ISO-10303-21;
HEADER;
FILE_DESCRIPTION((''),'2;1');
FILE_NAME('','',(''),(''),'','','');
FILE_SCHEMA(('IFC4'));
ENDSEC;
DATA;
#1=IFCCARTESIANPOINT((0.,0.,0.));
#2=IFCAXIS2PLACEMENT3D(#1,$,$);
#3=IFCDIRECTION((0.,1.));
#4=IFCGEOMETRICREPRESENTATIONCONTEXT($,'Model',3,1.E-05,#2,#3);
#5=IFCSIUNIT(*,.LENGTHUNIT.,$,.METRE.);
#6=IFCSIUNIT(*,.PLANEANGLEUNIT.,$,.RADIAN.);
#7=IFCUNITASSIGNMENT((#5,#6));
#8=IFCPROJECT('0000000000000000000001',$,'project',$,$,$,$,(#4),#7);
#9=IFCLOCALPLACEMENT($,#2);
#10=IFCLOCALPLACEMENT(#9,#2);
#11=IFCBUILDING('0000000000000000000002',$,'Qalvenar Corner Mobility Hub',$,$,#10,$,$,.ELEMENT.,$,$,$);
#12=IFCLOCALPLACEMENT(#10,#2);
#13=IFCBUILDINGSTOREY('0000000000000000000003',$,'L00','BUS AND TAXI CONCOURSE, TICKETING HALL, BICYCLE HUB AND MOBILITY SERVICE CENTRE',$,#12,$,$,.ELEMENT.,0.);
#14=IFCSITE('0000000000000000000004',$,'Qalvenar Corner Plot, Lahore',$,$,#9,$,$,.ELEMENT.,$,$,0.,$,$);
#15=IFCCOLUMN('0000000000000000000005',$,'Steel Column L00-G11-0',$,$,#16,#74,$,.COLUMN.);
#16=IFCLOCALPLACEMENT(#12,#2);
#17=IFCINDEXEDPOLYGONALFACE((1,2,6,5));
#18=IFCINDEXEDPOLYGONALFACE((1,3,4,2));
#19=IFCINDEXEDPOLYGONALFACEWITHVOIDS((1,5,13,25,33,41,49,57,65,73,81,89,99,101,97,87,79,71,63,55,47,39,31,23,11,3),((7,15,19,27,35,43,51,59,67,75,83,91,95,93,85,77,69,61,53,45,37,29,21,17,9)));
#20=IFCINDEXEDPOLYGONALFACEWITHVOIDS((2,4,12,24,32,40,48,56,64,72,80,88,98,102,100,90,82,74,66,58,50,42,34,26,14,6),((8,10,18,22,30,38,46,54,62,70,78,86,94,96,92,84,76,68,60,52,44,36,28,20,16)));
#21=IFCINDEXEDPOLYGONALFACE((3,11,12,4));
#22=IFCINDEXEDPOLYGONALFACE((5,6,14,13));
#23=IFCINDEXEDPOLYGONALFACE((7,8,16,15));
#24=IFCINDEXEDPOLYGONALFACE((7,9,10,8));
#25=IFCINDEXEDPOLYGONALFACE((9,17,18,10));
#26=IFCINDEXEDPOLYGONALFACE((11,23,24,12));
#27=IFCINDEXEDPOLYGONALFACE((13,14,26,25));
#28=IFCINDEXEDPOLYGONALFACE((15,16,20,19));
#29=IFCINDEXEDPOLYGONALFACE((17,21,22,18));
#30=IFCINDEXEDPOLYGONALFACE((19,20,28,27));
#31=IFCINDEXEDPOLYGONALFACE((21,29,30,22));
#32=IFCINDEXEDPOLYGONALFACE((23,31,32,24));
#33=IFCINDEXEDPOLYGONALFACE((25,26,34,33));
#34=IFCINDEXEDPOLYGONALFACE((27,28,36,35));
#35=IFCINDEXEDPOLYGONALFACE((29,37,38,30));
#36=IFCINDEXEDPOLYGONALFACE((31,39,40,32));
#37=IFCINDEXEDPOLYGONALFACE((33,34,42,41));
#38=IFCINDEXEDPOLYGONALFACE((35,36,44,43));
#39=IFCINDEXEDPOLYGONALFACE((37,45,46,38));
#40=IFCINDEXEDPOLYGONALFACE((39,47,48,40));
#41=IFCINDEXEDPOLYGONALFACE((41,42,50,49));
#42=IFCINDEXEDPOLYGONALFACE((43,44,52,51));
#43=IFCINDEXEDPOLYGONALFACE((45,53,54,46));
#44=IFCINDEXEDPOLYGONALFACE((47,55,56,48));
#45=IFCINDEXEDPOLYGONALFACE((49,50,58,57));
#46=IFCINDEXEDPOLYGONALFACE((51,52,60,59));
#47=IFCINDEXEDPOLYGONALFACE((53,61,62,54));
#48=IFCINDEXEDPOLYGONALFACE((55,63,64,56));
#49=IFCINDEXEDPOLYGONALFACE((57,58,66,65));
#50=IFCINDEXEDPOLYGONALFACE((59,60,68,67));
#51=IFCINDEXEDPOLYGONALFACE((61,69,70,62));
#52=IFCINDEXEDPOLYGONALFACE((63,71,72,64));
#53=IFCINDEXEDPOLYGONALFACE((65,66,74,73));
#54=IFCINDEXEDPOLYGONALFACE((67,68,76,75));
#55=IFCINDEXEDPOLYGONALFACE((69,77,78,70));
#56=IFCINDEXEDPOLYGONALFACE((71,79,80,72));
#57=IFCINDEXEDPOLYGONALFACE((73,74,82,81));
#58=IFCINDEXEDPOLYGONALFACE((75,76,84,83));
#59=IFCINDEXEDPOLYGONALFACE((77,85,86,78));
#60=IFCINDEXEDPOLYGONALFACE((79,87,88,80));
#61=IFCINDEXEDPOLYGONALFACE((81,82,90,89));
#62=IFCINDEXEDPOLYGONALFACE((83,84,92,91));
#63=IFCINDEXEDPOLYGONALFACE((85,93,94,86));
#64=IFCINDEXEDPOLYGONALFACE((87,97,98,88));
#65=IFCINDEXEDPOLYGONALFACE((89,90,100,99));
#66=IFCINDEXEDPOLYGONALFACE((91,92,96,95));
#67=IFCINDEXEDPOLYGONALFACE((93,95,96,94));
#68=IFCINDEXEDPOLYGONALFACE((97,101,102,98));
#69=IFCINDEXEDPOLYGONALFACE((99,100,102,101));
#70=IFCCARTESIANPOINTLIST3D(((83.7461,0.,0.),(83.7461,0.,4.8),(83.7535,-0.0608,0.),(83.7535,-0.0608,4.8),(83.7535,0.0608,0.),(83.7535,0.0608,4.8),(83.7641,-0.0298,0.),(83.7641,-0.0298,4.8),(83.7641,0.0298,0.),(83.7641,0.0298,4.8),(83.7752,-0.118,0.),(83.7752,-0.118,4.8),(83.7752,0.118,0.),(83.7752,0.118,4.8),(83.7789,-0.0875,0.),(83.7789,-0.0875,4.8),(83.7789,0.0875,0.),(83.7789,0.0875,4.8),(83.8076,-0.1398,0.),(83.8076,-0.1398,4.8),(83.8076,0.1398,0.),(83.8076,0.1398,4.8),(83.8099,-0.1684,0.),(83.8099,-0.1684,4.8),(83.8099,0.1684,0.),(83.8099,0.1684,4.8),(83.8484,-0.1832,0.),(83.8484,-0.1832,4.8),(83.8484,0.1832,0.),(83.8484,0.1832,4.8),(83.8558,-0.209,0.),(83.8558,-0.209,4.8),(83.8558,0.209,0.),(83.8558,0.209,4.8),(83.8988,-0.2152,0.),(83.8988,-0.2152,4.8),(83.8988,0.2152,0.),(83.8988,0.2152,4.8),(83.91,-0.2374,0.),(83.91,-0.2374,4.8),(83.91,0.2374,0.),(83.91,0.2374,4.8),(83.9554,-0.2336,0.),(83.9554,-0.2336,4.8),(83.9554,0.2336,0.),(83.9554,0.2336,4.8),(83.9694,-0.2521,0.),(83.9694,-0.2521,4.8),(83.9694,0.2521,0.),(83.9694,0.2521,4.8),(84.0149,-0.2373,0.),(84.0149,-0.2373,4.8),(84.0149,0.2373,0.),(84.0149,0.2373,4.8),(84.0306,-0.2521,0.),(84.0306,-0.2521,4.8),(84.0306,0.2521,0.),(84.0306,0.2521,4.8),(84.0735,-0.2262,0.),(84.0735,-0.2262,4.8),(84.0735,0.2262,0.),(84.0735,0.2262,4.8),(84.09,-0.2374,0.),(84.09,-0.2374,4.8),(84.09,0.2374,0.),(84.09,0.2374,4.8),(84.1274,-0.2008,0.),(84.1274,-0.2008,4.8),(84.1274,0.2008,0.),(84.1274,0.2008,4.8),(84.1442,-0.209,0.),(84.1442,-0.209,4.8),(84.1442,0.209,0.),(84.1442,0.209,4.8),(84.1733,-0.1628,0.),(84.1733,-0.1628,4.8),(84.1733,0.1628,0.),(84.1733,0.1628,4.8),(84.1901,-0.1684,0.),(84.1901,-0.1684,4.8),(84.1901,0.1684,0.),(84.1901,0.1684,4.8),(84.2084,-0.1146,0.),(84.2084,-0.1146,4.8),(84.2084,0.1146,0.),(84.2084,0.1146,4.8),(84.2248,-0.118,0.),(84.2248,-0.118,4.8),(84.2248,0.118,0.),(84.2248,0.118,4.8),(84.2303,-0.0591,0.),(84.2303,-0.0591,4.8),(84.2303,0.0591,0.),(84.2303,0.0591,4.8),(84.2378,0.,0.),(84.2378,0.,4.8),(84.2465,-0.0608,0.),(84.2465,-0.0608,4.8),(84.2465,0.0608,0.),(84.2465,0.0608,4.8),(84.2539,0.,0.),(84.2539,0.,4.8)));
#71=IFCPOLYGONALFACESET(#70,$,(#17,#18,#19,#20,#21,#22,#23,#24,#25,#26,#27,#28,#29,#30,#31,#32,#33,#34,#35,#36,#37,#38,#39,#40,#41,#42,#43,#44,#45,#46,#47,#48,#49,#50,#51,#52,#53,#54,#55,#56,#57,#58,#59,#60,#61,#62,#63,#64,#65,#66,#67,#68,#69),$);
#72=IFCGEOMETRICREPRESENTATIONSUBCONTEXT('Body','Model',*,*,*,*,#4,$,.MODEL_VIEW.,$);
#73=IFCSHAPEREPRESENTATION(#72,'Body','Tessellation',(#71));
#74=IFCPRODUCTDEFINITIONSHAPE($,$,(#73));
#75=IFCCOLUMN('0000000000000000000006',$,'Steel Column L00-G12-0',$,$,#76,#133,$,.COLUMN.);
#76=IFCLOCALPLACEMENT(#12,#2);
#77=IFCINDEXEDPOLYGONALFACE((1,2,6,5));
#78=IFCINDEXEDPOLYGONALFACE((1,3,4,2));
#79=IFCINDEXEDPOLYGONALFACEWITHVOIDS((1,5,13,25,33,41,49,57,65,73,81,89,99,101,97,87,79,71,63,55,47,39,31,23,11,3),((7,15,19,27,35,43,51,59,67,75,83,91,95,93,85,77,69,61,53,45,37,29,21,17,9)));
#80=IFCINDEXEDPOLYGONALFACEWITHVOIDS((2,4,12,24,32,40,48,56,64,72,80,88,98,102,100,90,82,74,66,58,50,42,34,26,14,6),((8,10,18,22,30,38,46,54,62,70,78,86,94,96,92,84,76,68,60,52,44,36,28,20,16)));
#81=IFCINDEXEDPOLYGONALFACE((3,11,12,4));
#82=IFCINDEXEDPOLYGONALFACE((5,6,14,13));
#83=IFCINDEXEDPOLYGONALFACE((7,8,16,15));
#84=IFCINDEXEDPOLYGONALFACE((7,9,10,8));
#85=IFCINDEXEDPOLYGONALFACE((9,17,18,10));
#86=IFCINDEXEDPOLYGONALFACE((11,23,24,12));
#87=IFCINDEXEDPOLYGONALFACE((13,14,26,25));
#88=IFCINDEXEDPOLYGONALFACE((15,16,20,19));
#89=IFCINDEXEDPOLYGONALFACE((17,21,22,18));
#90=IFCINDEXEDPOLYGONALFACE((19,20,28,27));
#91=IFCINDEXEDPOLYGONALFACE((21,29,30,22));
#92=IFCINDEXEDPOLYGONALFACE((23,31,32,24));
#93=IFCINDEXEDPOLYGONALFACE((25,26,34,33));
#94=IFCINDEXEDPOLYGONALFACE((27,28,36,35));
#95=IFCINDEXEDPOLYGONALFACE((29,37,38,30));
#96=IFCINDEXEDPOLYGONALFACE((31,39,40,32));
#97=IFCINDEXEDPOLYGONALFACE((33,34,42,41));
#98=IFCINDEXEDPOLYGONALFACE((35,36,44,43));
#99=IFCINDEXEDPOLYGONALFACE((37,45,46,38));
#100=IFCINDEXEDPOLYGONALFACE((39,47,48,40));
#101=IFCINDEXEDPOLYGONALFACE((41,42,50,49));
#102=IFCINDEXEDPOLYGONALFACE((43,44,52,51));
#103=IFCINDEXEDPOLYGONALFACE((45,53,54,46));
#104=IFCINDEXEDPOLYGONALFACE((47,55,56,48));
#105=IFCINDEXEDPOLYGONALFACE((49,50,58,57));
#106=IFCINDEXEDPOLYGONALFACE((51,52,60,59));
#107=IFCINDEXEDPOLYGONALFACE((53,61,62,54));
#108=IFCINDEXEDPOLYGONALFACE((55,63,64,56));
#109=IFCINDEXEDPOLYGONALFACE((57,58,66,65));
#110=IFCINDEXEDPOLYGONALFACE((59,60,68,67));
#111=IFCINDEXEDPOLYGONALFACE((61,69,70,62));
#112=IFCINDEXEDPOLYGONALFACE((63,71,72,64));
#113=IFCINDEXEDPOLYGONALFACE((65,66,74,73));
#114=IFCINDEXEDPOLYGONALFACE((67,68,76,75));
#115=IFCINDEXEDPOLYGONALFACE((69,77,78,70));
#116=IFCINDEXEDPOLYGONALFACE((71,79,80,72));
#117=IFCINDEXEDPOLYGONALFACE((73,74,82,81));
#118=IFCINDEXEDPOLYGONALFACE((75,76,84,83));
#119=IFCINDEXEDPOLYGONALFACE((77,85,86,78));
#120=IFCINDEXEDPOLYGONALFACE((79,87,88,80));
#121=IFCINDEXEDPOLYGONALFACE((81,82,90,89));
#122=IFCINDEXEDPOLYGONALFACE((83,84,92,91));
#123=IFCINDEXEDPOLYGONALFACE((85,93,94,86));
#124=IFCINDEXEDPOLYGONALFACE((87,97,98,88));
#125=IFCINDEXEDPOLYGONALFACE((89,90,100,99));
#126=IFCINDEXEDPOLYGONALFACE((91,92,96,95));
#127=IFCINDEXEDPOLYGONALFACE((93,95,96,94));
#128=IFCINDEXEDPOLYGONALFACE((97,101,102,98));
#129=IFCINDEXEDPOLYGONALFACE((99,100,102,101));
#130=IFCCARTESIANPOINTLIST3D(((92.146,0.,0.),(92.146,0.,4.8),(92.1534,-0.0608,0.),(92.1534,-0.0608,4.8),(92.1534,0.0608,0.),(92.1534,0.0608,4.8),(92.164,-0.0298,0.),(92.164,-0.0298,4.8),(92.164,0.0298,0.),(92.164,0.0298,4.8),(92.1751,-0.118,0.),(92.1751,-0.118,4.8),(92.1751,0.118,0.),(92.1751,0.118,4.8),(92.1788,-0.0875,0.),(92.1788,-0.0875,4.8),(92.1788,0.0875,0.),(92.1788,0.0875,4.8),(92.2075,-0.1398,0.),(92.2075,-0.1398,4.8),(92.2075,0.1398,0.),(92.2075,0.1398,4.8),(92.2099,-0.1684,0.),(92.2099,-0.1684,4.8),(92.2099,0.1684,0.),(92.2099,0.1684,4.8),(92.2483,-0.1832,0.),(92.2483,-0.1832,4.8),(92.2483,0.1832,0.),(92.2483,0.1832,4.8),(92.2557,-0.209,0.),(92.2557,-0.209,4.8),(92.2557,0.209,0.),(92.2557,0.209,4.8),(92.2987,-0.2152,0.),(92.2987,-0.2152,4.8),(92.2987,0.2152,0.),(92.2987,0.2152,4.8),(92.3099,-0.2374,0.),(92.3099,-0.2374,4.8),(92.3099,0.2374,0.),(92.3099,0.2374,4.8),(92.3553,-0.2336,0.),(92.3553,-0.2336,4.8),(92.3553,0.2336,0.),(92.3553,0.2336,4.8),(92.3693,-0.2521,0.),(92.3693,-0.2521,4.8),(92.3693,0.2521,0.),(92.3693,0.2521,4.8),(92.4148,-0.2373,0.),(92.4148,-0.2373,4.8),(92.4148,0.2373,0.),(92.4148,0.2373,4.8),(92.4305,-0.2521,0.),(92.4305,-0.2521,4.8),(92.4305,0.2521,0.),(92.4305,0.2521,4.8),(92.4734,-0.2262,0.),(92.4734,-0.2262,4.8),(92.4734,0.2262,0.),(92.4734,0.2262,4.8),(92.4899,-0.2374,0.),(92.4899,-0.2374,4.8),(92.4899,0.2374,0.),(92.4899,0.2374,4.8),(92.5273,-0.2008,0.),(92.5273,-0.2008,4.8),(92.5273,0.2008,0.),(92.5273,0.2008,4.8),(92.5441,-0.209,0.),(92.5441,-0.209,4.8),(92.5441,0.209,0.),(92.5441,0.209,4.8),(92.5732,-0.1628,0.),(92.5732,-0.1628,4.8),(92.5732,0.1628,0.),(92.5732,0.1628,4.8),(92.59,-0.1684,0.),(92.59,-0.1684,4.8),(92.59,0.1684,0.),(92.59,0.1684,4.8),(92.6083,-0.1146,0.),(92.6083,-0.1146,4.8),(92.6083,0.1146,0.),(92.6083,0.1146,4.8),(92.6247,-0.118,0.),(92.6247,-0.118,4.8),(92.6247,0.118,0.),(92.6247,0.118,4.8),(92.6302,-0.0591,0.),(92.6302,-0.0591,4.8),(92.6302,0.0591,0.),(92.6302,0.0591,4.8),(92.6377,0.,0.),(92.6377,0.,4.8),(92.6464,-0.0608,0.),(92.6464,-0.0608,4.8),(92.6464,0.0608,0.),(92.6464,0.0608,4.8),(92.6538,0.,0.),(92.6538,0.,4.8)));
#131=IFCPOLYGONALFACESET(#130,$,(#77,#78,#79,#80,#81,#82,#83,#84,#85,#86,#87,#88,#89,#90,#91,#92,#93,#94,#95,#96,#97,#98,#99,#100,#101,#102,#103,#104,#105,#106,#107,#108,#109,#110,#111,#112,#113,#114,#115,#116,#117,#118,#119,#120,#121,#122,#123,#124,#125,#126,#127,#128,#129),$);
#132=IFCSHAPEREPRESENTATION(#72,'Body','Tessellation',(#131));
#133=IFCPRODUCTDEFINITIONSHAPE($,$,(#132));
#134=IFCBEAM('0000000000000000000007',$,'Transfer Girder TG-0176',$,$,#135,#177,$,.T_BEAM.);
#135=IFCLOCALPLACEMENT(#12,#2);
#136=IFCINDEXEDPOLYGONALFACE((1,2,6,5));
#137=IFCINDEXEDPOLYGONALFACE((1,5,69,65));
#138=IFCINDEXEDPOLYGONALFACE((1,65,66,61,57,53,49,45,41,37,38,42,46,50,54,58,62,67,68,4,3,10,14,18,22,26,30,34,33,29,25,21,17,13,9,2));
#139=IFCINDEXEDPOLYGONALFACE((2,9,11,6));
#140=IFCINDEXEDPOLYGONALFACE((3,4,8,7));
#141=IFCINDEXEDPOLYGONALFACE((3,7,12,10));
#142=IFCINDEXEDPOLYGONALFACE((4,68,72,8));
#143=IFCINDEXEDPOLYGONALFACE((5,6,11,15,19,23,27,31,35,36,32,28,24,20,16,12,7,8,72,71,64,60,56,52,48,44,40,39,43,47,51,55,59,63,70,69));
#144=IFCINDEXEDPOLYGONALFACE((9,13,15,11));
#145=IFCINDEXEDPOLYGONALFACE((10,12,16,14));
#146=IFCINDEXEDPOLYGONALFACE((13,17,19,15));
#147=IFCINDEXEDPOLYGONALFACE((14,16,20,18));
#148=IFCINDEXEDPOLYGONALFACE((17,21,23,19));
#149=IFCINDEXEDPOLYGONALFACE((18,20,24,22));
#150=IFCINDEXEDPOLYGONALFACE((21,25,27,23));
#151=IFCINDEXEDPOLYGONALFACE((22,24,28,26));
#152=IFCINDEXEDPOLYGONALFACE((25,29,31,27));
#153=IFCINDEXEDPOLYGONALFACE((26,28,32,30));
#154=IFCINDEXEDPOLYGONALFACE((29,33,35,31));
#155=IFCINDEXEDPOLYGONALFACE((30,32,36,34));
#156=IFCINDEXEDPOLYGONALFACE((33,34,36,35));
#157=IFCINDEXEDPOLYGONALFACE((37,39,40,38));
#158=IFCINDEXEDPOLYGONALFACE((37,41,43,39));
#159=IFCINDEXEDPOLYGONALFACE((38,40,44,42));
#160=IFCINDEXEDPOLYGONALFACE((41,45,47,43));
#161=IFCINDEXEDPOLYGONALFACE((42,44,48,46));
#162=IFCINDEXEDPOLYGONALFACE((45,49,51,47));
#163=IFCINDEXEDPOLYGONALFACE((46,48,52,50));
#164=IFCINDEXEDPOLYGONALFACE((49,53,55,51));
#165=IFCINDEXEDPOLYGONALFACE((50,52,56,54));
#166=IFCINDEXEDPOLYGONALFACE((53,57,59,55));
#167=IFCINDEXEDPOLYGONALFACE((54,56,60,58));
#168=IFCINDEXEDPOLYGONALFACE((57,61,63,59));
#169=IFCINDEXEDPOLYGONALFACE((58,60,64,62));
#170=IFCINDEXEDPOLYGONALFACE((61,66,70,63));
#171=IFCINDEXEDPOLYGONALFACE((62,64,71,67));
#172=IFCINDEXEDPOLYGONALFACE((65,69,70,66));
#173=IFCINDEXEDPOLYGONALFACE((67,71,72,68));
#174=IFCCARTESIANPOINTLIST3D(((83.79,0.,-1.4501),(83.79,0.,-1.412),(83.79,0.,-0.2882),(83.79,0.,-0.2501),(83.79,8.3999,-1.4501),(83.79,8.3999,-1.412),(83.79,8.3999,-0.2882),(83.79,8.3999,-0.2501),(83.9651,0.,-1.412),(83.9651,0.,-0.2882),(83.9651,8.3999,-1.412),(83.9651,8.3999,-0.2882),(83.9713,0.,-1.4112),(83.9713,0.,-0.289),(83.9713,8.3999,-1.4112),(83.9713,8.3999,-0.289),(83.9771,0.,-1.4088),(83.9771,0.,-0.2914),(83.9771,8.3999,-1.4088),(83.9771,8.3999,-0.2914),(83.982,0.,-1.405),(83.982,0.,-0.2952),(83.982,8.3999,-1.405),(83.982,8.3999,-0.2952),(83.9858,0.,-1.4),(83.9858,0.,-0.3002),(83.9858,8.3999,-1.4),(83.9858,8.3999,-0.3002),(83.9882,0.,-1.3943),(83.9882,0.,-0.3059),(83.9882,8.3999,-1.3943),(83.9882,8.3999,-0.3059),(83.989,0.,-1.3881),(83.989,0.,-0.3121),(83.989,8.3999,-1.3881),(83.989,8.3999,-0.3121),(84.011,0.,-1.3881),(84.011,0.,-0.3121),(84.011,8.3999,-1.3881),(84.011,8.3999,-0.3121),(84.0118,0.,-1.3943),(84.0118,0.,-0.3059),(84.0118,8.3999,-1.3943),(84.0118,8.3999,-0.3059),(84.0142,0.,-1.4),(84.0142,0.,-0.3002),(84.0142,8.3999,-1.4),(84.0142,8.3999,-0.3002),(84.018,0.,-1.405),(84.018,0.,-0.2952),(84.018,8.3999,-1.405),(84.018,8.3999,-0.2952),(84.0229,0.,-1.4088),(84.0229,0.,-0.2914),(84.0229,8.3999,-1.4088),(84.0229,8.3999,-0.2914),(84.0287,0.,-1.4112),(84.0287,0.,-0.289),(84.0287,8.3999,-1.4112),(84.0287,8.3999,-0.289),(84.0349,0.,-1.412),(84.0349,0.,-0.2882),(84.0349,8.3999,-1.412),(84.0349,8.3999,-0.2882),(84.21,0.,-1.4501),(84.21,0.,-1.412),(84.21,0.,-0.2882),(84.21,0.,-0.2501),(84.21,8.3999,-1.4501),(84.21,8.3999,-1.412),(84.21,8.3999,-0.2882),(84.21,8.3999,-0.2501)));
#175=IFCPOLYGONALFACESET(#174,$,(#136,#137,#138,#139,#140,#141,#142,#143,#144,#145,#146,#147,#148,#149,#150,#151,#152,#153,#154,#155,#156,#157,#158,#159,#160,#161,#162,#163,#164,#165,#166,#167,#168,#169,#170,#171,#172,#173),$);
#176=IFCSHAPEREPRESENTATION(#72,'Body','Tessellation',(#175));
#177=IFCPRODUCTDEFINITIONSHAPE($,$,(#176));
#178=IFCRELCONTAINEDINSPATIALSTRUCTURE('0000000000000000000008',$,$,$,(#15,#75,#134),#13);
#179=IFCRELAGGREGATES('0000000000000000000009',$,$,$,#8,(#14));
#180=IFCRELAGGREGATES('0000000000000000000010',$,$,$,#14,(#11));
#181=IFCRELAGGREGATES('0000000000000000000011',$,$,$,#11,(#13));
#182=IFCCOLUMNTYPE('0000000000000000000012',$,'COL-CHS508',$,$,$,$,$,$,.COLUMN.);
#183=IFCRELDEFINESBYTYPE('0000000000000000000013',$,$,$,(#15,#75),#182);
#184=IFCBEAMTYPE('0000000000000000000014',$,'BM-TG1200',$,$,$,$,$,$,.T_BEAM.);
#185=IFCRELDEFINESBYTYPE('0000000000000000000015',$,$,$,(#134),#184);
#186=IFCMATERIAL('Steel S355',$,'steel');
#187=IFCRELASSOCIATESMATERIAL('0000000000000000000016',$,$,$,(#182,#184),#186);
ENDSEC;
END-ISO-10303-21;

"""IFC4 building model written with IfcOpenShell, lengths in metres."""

from ifc_helpers import new_model, si_unit, direction, frame, origin, origin_2d, place, context, subcontext, project, spatial, hollow_circle, i_section, extrude, material, material_profile, profile_set, type_object, element, save


model = new_model("IFC4")

# Units and contexts
model_context = context("Model", 3, precision=1e-05, world=origin(), true_north=direction((0.0, 1.0)))
body_context = subcontext(model_context, "Body", "Model", "MODEL_VIEW")
ifc_project = project(units=[si_unit("LENGTHUNIT", "METRE"), si_unit("PLANEANGLEUNIT", "RADIAN")], contexts=[model_context])

# Site, building, storey
site_placement = place(None, origin())
site = spatial("IfcSite", under=ifc_project, at=site_placement, Name="Qalvenar Corner Plot, Lahore", CompositionType="ELEMENT", RefElevation=0.0)
building_placement = place(site_placement, origin())
building = spatial("IfcBuilding", under=site, at=building_placement, Name="Qalvenar Corner Mobility Hub", CompositionType="ELEMENT")
storey_placement = place(building_placement, origin())
storey = spatial("IfcBuildingStorey", under=building, at=storey_placement, Name="L00", Description="BUS AND TAXI CONCOURSE, TICKETING HALL, BICYCLE HUB AND MOBILITY SERVICE CENTRE", CompositionType="ELEMENT", Elevation=0.0)

# Columns
ifc_material_1 = material(Name="Steel S355", Category="steel")
ifc_material_profile_1 = material_profile(ifc_material_1, hollow_circle(Radius=0.2539, WallThickness=0.0161, at=origin_2d()), Name="CHS508x16")
ifc_profile_set_1 = profile_set([ifc_material_profile_1], Name="Steel S355")
column_type = type_object("IfcColumnType", Name="COL-CHS508", PredefinedType="COLUMN", material=ifc_profile_set_1)
for number, where, z_axis, x_axis, name in (
    (1, (84.0, 0.0, 0.0), (0.0, 0.0, 1.0), (1.0, 0.0, 0.0), "Steel Column L00-G11-0"),
    (2, (92.3999, 0.0, 0.0), (0.0, 0.0, 1.0), (1.0, 0.0, 0.0), "Steel Column L00-G12-0"),
):
    element("IfcColumn", number, at=place(storey_placement, frame(where, z_axis=z_axis, x_axis=x_axis)), inside=storey, type_object=column_type, Name=name, PredefinedType="COLUMN", context=body_context, shape_type="SweptSolid", body=[
        extrude(hollow_circle(Radius=0.2539, WallThickness=0.0161, at=origin_2d()), origin(), (0.0, 0.0, 1.0), 4.8),
    ])

# Beam
ifc_material_profile_2 = material_profile(ifc_material_1, i_section(OverallWidth=0.4199, OverallDepth=1.2, WebThickness=0.022, FlangeThickness=0.0381, FilletRadius=0.0239, at=origin_2d()), Name="W1100x390-TG1200")
ifc_profile_set_2 = profile_set([ifc_material_profile_2], Name="Steel S355")
beam_type_1 = type_object("IfcBeamType", Name="BM-TG1200", PredefinedType="T_BEAM", material=ifc_profile_set_2)
for number, where, z_axis, x_axis, name in (
    (3, (84.0, 0.0, -0.8501), (0.0, 1.0, 0.0), (-1.0, 0.0, 0.0), "Transfer Girder TG-0176"),
):
    element("IfcBeam", number, at=place(storey_placement, frame(where, z_axis=z_axis, x_axis=x_axis)), inside=storey, type_object=beam_type_1, Name=name, PredefinedType="T_BEAM", context=body_context, shape_type="SweptSolid", body=[
        extrude(i_section(OverallWidth=0.4199, OverallDepth=1.2, WebThickness=0.022, FlangeThickness=0.0381, FilletRadius=0.0239, at=origin_2d()), origin(), (0.0, 0.0, 1.0), 8.3999),
    ])

save(model, "model.ifc")
